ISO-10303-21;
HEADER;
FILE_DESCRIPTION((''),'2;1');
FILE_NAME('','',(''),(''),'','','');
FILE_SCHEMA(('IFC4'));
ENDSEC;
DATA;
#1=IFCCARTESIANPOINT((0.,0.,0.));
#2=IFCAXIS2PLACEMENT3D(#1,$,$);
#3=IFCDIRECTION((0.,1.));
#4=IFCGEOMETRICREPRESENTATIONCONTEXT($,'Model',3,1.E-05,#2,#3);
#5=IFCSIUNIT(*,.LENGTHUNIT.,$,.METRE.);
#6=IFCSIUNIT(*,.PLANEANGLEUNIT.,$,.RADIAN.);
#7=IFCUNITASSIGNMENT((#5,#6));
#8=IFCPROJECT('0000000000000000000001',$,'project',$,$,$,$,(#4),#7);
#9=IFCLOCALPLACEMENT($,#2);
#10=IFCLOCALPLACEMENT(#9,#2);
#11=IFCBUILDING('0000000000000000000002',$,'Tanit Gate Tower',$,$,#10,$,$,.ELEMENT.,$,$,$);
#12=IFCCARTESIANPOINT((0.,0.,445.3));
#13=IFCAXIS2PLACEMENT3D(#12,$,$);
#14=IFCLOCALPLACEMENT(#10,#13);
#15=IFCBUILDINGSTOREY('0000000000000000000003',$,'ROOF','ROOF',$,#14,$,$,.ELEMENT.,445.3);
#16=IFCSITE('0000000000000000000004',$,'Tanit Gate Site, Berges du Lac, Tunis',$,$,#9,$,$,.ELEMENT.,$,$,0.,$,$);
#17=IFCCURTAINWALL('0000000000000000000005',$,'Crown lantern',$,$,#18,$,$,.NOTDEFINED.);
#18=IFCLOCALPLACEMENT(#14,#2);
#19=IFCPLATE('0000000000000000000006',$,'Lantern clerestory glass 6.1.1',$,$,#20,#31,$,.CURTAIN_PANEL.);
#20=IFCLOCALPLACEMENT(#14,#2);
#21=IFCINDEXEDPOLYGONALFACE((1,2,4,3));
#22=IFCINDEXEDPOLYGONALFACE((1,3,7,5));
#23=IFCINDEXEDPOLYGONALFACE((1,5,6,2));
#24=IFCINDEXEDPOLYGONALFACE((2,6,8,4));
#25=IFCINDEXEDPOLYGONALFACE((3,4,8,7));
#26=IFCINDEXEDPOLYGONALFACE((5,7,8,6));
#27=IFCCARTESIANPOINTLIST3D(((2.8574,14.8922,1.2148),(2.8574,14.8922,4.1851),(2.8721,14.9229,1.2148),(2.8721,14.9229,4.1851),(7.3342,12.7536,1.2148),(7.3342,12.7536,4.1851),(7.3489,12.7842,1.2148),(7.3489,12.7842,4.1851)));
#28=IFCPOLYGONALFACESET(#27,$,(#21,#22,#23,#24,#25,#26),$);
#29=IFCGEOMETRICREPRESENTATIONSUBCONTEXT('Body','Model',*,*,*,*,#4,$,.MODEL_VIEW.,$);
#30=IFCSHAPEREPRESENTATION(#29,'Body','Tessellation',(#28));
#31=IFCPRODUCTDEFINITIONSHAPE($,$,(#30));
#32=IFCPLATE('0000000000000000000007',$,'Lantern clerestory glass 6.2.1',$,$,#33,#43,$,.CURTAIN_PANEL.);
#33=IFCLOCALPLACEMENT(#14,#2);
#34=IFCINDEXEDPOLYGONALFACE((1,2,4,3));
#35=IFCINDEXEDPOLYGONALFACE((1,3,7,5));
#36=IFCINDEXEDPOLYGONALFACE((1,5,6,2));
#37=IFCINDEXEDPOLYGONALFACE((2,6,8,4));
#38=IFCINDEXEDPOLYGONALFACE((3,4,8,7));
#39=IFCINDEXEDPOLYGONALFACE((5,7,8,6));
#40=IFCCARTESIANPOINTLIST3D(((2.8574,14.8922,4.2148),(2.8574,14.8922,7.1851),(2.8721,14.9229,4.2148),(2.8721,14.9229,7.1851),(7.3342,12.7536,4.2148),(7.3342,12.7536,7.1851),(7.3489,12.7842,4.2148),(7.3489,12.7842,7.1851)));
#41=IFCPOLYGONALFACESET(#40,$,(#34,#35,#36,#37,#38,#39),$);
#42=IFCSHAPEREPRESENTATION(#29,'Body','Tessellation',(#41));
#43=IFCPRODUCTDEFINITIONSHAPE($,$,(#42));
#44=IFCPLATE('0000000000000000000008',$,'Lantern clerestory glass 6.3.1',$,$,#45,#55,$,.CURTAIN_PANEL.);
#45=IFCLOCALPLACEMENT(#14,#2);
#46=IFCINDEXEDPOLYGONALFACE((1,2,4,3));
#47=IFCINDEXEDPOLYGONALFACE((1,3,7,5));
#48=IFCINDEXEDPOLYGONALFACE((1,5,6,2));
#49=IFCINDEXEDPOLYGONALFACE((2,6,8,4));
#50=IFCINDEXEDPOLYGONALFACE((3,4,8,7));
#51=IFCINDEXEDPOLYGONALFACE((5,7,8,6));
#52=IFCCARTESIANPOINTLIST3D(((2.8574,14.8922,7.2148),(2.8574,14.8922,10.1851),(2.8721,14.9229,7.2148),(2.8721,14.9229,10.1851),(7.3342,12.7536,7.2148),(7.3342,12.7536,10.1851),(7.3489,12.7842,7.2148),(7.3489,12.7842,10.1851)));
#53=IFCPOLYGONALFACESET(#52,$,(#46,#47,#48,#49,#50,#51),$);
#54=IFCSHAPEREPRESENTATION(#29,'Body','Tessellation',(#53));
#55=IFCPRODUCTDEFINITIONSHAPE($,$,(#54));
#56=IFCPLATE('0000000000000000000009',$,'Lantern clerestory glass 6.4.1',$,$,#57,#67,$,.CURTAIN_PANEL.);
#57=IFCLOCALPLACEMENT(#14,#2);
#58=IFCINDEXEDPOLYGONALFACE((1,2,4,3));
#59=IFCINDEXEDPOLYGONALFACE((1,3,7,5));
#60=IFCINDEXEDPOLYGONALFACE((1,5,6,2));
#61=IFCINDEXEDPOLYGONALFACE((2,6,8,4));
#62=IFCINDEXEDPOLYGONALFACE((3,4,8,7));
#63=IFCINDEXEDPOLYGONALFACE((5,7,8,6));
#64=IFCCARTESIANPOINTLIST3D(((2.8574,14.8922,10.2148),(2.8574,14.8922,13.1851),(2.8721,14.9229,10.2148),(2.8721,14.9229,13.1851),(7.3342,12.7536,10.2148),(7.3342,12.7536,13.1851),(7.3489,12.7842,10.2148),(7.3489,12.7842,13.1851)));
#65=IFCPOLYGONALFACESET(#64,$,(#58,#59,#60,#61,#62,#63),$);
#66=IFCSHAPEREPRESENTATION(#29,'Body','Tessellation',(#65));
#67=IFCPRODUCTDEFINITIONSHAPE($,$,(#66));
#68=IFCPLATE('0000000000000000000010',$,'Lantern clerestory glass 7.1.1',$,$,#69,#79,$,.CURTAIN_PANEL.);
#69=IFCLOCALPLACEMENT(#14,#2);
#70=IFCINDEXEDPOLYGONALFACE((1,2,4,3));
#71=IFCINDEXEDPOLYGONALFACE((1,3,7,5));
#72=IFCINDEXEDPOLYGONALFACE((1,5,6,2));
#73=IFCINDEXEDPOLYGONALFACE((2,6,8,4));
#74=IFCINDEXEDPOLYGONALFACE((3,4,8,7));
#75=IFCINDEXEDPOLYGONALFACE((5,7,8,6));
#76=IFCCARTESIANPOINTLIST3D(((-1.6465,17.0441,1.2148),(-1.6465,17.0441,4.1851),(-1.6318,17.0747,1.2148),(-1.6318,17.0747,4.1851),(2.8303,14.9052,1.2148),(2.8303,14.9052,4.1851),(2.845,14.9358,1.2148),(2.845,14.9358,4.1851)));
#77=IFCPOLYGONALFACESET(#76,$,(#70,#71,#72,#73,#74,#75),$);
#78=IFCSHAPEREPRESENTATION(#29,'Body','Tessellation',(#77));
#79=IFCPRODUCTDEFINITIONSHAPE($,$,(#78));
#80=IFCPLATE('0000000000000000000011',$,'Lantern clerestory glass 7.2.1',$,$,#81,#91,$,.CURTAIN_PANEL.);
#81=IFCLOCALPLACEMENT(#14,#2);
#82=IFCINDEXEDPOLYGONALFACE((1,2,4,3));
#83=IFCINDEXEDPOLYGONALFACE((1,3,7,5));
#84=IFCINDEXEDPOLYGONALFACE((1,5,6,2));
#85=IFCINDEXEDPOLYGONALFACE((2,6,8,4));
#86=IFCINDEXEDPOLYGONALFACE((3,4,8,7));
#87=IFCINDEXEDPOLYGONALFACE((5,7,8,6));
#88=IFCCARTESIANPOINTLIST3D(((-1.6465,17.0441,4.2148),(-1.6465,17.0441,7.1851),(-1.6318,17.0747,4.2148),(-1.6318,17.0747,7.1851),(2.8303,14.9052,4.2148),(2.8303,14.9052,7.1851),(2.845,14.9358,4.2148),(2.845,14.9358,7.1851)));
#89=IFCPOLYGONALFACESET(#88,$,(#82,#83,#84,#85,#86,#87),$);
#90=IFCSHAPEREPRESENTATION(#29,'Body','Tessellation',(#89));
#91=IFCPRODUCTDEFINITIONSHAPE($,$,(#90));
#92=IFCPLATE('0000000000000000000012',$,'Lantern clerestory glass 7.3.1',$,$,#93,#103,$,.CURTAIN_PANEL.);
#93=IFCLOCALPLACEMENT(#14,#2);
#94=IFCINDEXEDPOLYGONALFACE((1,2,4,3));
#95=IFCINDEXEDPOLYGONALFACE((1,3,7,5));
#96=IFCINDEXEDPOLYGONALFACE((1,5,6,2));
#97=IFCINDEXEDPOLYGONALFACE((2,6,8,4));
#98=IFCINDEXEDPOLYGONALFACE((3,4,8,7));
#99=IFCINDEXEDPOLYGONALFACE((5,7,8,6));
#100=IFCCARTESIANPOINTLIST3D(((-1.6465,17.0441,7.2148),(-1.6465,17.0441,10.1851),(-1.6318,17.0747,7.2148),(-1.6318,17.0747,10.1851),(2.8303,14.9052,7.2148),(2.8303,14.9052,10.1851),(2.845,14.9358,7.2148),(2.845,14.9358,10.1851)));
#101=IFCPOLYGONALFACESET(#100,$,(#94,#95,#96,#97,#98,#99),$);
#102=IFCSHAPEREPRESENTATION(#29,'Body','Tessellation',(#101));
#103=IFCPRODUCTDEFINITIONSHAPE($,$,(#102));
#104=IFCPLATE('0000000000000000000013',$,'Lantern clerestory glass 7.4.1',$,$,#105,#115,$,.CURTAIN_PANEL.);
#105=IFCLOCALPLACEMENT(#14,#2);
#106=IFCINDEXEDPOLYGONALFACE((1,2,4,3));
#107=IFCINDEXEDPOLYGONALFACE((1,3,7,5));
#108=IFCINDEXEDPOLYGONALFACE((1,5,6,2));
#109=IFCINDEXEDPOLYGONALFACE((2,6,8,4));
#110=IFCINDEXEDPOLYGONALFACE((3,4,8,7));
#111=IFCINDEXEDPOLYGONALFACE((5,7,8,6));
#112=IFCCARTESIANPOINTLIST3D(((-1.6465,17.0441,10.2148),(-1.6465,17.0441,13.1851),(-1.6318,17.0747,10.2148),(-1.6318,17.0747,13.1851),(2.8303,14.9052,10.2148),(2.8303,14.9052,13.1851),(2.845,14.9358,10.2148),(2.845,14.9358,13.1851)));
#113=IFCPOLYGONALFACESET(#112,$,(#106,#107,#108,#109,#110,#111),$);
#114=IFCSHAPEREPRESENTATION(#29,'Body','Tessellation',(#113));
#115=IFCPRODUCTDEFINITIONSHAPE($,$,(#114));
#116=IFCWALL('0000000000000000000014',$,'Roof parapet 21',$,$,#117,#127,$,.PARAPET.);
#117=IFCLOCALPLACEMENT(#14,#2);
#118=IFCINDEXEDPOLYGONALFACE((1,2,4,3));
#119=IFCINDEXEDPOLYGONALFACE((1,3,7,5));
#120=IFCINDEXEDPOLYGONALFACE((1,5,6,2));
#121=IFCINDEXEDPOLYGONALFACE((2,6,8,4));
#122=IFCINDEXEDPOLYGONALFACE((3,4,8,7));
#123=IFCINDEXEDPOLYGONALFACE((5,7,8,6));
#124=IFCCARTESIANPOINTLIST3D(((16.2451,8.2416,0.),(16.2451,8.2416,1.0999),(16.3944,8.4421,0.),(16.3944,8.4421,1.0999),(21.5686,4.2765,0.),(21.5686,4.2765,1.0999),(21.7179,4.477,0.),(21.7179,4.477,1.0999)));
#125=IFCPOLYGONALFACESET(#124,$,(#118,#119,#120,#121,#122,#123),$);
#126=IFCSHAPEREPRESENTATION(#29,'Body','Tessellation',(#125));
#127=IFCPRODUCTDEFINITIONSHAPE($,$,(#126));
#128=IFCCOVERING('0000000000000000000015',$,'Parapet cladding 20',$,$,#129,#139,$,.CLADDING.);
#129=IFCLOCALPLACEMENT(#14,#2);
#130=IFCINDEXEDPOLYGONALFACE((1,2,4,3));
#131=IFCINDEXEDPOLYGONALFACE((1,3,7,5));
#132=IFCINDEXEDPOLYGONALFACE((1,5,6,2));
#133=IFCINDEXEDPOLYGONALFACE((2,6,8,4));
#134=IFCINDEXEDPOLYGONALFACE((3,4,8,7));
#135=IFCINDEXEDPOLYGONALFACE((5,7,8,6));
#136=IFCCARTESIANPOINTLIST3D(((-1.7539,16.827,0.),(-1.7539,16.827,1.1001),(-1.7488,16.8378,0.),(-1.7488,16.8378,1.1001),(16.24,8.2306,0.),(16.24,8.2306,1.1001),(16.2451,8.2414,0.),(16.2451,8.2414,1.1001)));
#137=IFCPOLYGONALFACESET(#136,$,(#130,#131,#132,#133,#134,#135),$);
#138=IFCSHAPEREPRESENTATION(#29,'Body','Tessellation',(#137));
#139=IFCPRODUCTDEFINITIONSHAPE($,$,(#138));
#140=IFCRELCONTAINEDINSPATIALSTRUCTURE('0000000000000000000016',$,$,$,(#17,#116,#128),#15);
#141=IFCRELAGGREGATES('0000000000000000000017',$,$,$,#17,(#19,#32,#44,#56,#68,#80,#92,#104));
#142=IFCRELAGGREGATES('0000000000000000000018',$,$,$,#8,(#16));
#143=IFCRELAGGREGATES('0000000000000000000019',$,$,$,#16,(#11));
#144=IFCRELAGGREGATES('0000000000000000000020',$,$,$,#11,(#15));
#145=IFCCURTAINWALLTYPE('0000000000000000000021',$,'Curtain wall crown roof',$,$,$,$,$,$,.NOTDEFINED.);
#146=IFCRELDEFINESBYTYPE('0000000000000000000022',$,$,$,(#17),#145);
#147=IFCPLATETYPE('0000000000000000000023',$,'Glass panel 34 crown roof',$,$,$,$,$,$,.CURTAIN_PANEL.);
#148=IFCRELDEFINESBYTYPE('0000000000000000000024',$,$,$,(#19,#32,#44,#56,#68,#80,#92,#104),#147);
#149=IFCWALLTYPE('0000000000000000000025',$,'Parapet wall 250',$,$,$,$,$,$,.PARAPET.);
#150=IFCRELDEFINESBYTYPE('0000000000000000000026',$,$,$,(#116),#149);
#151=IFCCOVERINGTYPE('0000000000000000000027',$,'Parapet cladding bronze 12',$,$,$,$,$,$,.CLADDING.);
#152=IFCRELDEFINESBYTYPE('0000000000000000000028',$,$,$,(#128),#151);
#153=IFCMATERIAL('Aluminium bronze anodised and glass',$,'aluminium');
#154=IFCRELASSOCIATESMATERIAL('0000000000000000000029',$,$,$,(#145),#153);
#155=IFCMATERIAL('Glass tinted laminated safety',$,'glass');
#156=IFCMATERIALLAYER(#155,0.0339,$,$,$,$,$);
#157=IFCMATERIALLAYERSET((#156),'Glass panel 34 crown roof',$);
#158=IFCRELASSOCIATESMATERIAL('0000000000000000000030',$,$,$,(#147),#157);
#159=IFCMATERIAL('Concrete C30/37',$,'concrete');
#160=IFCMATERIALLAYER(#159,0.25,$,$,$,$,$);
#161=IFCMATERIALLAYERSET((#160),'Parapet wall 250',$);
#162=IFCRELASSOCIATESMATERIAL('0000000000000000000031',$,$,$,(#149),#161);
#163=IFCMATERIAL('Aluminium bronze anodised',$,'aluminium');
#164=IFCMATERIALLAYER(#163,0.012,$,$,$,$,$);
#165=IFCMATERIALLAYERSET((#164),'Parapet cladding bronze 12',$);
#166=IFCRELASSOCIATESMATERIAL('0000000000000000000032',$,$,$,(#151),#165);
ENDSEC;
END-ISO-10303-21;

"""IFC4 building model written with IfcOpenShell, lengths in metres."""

from ifc_helpers import new_model, si_unit, direction, frame, frame_2d, origin, origin_2d, place, context, subcontext, project, spatial, polyline, rectangle, outline, extrude, material, layer, layer_set, type_object, element, aggregate, save


model = new_model("IFC4")

# Units and contexts
model_context = context("Model", 3, precision=1e-05, world=origin(), true_north=direction((0.0, 1.0)))
body_context = subcontext(model_context, "Body", "Model", "MODEL_VIEW")
ifc_project = project(units=[si_unit("LENGTHUNIT", "METRE"), si_unit("PLANEANGLEUNIT", "RADIAN")], contexts=[model_context])

# Site, building, storey
site_placement = place(None, origin())
site = spatial("IfcSite", under=ifc_project, at=site_placement, Name="Tanit Gate Site, Berges du Lac, Tunis", CompositionType="ELEMENT", RefElevation=0.0)
building_placement = place(site_placement, origin())
building = spatial("IfcBuilding", under=site, at=building_placement, Name="Tanit Gate Tower", CompositionType="ELEMENT")
storey_placement = place(building_placement, frame((0.0, 0.0, 445.3)))
storey = spatial("IfcBuildingStorey", under=building, at=storey_placement, Name="ROOF", Description="ROOF", CompositionType="ELEMENT", Elevation=445.3)

# Curtain wall, plates
ifc_material_1 = material(Name="Aluminium bronze anodised and glass", Category="aluminium")
curtain_wall_type = type_object("IfcCurtainWallType", Name="Curtain wall crown roof", PredefinedType="NOTDEFINED", material=ifc_material_1)
curtain_wall_placement = place(storey_placement, origin())
curtain_wall = element("IfcCurtainWall", 1, at=curtain_wall_placement, inside=storey, type_object=curtain_wall_type, Name="Crown lantern", PredefinedType="NOTDEFINED")
ifc_material_2 = material(Name="Glass tinted laminated safety", Category="glass")
ifc_layer_1 = layer(ifc_material_2, 0.0339)
ifc_layer_set_1 = layer_set([ifc_layer_1], Name="Glass panel 34 crown roof")
plate_type = type_object("IfcPlateType", Name="Glass panel 34 crown roof", PredefinedType="CURTAIN_PANEL", material=ifc_layer_set_1)
plate_1_placement = place(storey_placement, frame((7.3489, 12.7842, 1.2148), z_axis=(0.43106, 0.902323, 0.0), x_axis=(-0.902323, 0.43106, 0.0)))
plate_1 = element("IfcPlate", 2, at=plate_1_placement, type_object=plate_type, Name="Lantern clerestory glass 6.1.1", PredefinedType="CURTAIN_PANEL", context=body_context, shape_type="SweptSolid", body=[
    extrude(outline(polyline([(0.0, 0.0), (4.9614, 0.0), (4.9614, 2.9702), (0.0, 2.9702), (0.0, 0.0)])), origin(), (0.0, 0.0, -1.0), 0.0339),
])
plate_2_placement = place(storey_placement, frame((7.3489, 12.7842, 4.2148), z_axis=(0.43106, 0.902323, 0.0), x_axis=(-0.902323, 0.43106, 0.0)))
plate_2 = element("IfcPlate", 3, at=plate_2_placement, type_object=plate_type, Name="Lantern clerestory glass 6.2.1", PredefinedType="CURTAIN_PANEL", context=body_context, shape_type="SweptSolid", body=[
    extrude(outline(polyline([(0.0, 0.0), (4.9614, 0.0), (4.9614, 2.9702), (0.0, 2.9702), (0.0, 0.0)])), origin(), (0.0, 0.0, -1.0), 0.0339),
])
plate_3_placement = place(storey_placement, frame((7.3489, 12.7842, 7.2148), z_axis=(0.43106, 0.902323, 0.0), x_axis=(-0.902323, 0.43106, 0.0)))
plate_3 = element("IfcPlate", 4, at=plate_3_placement, type_object=plate_type, Name="Lantern clerestory glass 6.3.1", PredefinedType="CURTAIN_PANEL", context=body_context, shape_type="SweptSolid", body=[
    extrude(outline(polyline([(0.0, 0.0), (4.9614, 0.0), (4.9614, 2.9702), (0.0, 2.9702), (0.0, 0.0)])), origin(), (0.0, 0.0, -1.0), 0.0339),
])
plate_4_placement = place(storey_placement, frame((7.3489, 12.7842, 10.2148), z_axis=(0.43106, 0.902323, 0.0), x_axis=(-0.902323, 0.43106, 0.0)))
plate_4 = element("IfcPlate", 5, at=plate_4_placement, type_object=plate_type, Name="Lantern clerestory glass 6.4.1", PredefinedType="CURTAIN_PANEL", context=body_context, shape_type="SweptSolid", body=[
    extrude(outline(polyline([(0.0, 0.0), (4.9614, 0.0), (4.9614, 2.9702), (0.0, 2.9702), (0.0, 0.0)])), origin(), (0.0, 0.0, -1.0), 0.0339),
])
plate_5_placement = place(storey_placement, frame((2.845, 14.9358, 1.2148), z_axis=(0.4311, 0.902304, 0.0), x_axis=(-0.902304, 0.4311, 0.0)))
plate_5 = element("IfcPlate", 6, at=plate_5_placement, type_object=plate_type, Name="Lantern clerestory glass 7.1.1", PredefinedType="CURTAIN_PANEL", context=body_context, shape_type="SweptSolid", body=[
    extrude(outline(polyline([(0.0, 0.0), (4.9615, 0.0), (4.9615, 2.9702), (0.0, 2.9702), (0.0, 0.0)])), origin(), (0.0, 0.0, -1.0), 0.0339),
])
plate_6_placement = place(storey_placement, frame((2.845, 14.9358, 4.2148), z_axis=(0.4311, 0.902304, 0.0), x_axis=(-0.902304, 0.4311, 0.0)))
plate_6 = element("IfcPlate", 7, at=plate_6_placement, type_object=plate_type, Name="Lantern clerestory glass 7.2.1", PredefinedType="CURTAIN_PANEL", context=body_context, shape_type="SweptSolid", body=[
    extrude(outline(polyline([(0.0, 0.0), (4.9615, 0.0), (4.9615, 2.9702), (0.0, 2.9702), (0.0, 0.0)])), origin(), (0.0, 0.0, -1.0), 0.0339),
])
plate_7_placement = place(storey_placement, frame((2.845, 14.9358, 7.2148), z_axis=(0.4311, 0.902304, 0.0), x_axis=(-0.902304, 0.4311, 0.0)))
plate_7 = element("IfcPlate", 8, at=plate_7_placement, type_object=plate_type, Name="Lantern clerestory glass 7.3.1", PredefinedType="CURTAIN_PANEL", context=body_context, shape_type="SweptSolid", body=[
    extrude(outline(polyline([(0.0, 0.0), (4.9615, 0.0), (4.9615, 2.9702), (0.0, 2.9702), (0.0, 0.0)])), origin(), (0.0, 0.0, -1.0), 0.0339),
])
plate_8_placement = place(storey_placement, frame((2.845, 14.9358, 10.2148), z_axis=(0.4311, 0.902304, 0.0), x_axis=(-0.902304, 0.4311, 0.0)))
plate_8 = element("IfcPlate", 9, at=plate_8_placement, type_object=plate_type, Name="Lantern clerestory glass 7.4.1", PredefinedType="CURTAIN_PANEL", context=body_context, shape_type="SweptSolid", body=[
    extrude(outline(polyline([(0.0, 0.0), (4.9615, 0.0), (4.9615, 2.9702), (0.0, 2.9702), (0.0, 0.0)])), origin(), (0.0, 0.0, -1.0), 0.0339),
])
aggregate(curtain_wall, [plate_1, plate_2, plate_3, plate_4, plate_5, plate_6, plate_7, plate_8])

# Wall
ifc_material_3 = material(Name="Concrete C30/37", Category="concrete")
ifc_layer_2 = layer(ifc_material_3, 0.25)
ifc_layer_set_2 = layer_set([ifc_layer_2], Name="Parapet wall 250")
wall_type_1 = type_object("IfcWallType", Name="Parapet wall 250", PredefinedType="PARAPET", material=ifc_layer_set_2)
wall_1_placement = place(storey_placement, frame((16.3198, 8.3418, 0.0), z_axis=(0.0, 0.0, 1.0), x_axis=(0.801986, -0.597343, 0.0)))
element("IfcWall", 10, at=wall_1_placement, inside=storey, type_object=wall_type_1, Name="Roof parapet 21", PredefinedType="PARAPET", context=body_context, shape_type="SweptSolid", body=[
    extrude(rectangle(XDim=6.6379, YDim=0.25, at=frame_2d((3.3188, 0.0))), origin(), (0.0, 0.0, 1.0), 1.0999),
])

# Covering
ifc_material_4 = material(Name="Aluminium bronze anodised", Category="aluminium")
ifc_layer_3 = layer(ifc_material_4, 0.012)
ifc_layer_set_3 = layer_set([ifc_layer_3], Name="Parapet cladding bronze 12")
covering_type = type_object("IfcCoveringType", Name="Parapet cladding bronze 12", PredefinedType="CLADDING", material=ifc_layer_set_3)
covering_placement = place(storey_placement, frame((7.2456, 12.5342, 0.0), z_axis=(0.0, 0.0, 1.0), x_axis=(0.902317, -0.431073, 0.0)))
element("IfcCovering", 11, at=covering_placement, inside=storey, type_object=covering_type, Name="Parapet cladding 20", PredefinedType="CLADDING", context=body_context, shape_type="SweptSolid", body=[
    extrude(rectangle(XDim=19.9419, YDim=0.012, at=origin_2d()), origin(), (0.0, 0.0, 1.0), 1.1001),
])

save(model, "model.ifc")
